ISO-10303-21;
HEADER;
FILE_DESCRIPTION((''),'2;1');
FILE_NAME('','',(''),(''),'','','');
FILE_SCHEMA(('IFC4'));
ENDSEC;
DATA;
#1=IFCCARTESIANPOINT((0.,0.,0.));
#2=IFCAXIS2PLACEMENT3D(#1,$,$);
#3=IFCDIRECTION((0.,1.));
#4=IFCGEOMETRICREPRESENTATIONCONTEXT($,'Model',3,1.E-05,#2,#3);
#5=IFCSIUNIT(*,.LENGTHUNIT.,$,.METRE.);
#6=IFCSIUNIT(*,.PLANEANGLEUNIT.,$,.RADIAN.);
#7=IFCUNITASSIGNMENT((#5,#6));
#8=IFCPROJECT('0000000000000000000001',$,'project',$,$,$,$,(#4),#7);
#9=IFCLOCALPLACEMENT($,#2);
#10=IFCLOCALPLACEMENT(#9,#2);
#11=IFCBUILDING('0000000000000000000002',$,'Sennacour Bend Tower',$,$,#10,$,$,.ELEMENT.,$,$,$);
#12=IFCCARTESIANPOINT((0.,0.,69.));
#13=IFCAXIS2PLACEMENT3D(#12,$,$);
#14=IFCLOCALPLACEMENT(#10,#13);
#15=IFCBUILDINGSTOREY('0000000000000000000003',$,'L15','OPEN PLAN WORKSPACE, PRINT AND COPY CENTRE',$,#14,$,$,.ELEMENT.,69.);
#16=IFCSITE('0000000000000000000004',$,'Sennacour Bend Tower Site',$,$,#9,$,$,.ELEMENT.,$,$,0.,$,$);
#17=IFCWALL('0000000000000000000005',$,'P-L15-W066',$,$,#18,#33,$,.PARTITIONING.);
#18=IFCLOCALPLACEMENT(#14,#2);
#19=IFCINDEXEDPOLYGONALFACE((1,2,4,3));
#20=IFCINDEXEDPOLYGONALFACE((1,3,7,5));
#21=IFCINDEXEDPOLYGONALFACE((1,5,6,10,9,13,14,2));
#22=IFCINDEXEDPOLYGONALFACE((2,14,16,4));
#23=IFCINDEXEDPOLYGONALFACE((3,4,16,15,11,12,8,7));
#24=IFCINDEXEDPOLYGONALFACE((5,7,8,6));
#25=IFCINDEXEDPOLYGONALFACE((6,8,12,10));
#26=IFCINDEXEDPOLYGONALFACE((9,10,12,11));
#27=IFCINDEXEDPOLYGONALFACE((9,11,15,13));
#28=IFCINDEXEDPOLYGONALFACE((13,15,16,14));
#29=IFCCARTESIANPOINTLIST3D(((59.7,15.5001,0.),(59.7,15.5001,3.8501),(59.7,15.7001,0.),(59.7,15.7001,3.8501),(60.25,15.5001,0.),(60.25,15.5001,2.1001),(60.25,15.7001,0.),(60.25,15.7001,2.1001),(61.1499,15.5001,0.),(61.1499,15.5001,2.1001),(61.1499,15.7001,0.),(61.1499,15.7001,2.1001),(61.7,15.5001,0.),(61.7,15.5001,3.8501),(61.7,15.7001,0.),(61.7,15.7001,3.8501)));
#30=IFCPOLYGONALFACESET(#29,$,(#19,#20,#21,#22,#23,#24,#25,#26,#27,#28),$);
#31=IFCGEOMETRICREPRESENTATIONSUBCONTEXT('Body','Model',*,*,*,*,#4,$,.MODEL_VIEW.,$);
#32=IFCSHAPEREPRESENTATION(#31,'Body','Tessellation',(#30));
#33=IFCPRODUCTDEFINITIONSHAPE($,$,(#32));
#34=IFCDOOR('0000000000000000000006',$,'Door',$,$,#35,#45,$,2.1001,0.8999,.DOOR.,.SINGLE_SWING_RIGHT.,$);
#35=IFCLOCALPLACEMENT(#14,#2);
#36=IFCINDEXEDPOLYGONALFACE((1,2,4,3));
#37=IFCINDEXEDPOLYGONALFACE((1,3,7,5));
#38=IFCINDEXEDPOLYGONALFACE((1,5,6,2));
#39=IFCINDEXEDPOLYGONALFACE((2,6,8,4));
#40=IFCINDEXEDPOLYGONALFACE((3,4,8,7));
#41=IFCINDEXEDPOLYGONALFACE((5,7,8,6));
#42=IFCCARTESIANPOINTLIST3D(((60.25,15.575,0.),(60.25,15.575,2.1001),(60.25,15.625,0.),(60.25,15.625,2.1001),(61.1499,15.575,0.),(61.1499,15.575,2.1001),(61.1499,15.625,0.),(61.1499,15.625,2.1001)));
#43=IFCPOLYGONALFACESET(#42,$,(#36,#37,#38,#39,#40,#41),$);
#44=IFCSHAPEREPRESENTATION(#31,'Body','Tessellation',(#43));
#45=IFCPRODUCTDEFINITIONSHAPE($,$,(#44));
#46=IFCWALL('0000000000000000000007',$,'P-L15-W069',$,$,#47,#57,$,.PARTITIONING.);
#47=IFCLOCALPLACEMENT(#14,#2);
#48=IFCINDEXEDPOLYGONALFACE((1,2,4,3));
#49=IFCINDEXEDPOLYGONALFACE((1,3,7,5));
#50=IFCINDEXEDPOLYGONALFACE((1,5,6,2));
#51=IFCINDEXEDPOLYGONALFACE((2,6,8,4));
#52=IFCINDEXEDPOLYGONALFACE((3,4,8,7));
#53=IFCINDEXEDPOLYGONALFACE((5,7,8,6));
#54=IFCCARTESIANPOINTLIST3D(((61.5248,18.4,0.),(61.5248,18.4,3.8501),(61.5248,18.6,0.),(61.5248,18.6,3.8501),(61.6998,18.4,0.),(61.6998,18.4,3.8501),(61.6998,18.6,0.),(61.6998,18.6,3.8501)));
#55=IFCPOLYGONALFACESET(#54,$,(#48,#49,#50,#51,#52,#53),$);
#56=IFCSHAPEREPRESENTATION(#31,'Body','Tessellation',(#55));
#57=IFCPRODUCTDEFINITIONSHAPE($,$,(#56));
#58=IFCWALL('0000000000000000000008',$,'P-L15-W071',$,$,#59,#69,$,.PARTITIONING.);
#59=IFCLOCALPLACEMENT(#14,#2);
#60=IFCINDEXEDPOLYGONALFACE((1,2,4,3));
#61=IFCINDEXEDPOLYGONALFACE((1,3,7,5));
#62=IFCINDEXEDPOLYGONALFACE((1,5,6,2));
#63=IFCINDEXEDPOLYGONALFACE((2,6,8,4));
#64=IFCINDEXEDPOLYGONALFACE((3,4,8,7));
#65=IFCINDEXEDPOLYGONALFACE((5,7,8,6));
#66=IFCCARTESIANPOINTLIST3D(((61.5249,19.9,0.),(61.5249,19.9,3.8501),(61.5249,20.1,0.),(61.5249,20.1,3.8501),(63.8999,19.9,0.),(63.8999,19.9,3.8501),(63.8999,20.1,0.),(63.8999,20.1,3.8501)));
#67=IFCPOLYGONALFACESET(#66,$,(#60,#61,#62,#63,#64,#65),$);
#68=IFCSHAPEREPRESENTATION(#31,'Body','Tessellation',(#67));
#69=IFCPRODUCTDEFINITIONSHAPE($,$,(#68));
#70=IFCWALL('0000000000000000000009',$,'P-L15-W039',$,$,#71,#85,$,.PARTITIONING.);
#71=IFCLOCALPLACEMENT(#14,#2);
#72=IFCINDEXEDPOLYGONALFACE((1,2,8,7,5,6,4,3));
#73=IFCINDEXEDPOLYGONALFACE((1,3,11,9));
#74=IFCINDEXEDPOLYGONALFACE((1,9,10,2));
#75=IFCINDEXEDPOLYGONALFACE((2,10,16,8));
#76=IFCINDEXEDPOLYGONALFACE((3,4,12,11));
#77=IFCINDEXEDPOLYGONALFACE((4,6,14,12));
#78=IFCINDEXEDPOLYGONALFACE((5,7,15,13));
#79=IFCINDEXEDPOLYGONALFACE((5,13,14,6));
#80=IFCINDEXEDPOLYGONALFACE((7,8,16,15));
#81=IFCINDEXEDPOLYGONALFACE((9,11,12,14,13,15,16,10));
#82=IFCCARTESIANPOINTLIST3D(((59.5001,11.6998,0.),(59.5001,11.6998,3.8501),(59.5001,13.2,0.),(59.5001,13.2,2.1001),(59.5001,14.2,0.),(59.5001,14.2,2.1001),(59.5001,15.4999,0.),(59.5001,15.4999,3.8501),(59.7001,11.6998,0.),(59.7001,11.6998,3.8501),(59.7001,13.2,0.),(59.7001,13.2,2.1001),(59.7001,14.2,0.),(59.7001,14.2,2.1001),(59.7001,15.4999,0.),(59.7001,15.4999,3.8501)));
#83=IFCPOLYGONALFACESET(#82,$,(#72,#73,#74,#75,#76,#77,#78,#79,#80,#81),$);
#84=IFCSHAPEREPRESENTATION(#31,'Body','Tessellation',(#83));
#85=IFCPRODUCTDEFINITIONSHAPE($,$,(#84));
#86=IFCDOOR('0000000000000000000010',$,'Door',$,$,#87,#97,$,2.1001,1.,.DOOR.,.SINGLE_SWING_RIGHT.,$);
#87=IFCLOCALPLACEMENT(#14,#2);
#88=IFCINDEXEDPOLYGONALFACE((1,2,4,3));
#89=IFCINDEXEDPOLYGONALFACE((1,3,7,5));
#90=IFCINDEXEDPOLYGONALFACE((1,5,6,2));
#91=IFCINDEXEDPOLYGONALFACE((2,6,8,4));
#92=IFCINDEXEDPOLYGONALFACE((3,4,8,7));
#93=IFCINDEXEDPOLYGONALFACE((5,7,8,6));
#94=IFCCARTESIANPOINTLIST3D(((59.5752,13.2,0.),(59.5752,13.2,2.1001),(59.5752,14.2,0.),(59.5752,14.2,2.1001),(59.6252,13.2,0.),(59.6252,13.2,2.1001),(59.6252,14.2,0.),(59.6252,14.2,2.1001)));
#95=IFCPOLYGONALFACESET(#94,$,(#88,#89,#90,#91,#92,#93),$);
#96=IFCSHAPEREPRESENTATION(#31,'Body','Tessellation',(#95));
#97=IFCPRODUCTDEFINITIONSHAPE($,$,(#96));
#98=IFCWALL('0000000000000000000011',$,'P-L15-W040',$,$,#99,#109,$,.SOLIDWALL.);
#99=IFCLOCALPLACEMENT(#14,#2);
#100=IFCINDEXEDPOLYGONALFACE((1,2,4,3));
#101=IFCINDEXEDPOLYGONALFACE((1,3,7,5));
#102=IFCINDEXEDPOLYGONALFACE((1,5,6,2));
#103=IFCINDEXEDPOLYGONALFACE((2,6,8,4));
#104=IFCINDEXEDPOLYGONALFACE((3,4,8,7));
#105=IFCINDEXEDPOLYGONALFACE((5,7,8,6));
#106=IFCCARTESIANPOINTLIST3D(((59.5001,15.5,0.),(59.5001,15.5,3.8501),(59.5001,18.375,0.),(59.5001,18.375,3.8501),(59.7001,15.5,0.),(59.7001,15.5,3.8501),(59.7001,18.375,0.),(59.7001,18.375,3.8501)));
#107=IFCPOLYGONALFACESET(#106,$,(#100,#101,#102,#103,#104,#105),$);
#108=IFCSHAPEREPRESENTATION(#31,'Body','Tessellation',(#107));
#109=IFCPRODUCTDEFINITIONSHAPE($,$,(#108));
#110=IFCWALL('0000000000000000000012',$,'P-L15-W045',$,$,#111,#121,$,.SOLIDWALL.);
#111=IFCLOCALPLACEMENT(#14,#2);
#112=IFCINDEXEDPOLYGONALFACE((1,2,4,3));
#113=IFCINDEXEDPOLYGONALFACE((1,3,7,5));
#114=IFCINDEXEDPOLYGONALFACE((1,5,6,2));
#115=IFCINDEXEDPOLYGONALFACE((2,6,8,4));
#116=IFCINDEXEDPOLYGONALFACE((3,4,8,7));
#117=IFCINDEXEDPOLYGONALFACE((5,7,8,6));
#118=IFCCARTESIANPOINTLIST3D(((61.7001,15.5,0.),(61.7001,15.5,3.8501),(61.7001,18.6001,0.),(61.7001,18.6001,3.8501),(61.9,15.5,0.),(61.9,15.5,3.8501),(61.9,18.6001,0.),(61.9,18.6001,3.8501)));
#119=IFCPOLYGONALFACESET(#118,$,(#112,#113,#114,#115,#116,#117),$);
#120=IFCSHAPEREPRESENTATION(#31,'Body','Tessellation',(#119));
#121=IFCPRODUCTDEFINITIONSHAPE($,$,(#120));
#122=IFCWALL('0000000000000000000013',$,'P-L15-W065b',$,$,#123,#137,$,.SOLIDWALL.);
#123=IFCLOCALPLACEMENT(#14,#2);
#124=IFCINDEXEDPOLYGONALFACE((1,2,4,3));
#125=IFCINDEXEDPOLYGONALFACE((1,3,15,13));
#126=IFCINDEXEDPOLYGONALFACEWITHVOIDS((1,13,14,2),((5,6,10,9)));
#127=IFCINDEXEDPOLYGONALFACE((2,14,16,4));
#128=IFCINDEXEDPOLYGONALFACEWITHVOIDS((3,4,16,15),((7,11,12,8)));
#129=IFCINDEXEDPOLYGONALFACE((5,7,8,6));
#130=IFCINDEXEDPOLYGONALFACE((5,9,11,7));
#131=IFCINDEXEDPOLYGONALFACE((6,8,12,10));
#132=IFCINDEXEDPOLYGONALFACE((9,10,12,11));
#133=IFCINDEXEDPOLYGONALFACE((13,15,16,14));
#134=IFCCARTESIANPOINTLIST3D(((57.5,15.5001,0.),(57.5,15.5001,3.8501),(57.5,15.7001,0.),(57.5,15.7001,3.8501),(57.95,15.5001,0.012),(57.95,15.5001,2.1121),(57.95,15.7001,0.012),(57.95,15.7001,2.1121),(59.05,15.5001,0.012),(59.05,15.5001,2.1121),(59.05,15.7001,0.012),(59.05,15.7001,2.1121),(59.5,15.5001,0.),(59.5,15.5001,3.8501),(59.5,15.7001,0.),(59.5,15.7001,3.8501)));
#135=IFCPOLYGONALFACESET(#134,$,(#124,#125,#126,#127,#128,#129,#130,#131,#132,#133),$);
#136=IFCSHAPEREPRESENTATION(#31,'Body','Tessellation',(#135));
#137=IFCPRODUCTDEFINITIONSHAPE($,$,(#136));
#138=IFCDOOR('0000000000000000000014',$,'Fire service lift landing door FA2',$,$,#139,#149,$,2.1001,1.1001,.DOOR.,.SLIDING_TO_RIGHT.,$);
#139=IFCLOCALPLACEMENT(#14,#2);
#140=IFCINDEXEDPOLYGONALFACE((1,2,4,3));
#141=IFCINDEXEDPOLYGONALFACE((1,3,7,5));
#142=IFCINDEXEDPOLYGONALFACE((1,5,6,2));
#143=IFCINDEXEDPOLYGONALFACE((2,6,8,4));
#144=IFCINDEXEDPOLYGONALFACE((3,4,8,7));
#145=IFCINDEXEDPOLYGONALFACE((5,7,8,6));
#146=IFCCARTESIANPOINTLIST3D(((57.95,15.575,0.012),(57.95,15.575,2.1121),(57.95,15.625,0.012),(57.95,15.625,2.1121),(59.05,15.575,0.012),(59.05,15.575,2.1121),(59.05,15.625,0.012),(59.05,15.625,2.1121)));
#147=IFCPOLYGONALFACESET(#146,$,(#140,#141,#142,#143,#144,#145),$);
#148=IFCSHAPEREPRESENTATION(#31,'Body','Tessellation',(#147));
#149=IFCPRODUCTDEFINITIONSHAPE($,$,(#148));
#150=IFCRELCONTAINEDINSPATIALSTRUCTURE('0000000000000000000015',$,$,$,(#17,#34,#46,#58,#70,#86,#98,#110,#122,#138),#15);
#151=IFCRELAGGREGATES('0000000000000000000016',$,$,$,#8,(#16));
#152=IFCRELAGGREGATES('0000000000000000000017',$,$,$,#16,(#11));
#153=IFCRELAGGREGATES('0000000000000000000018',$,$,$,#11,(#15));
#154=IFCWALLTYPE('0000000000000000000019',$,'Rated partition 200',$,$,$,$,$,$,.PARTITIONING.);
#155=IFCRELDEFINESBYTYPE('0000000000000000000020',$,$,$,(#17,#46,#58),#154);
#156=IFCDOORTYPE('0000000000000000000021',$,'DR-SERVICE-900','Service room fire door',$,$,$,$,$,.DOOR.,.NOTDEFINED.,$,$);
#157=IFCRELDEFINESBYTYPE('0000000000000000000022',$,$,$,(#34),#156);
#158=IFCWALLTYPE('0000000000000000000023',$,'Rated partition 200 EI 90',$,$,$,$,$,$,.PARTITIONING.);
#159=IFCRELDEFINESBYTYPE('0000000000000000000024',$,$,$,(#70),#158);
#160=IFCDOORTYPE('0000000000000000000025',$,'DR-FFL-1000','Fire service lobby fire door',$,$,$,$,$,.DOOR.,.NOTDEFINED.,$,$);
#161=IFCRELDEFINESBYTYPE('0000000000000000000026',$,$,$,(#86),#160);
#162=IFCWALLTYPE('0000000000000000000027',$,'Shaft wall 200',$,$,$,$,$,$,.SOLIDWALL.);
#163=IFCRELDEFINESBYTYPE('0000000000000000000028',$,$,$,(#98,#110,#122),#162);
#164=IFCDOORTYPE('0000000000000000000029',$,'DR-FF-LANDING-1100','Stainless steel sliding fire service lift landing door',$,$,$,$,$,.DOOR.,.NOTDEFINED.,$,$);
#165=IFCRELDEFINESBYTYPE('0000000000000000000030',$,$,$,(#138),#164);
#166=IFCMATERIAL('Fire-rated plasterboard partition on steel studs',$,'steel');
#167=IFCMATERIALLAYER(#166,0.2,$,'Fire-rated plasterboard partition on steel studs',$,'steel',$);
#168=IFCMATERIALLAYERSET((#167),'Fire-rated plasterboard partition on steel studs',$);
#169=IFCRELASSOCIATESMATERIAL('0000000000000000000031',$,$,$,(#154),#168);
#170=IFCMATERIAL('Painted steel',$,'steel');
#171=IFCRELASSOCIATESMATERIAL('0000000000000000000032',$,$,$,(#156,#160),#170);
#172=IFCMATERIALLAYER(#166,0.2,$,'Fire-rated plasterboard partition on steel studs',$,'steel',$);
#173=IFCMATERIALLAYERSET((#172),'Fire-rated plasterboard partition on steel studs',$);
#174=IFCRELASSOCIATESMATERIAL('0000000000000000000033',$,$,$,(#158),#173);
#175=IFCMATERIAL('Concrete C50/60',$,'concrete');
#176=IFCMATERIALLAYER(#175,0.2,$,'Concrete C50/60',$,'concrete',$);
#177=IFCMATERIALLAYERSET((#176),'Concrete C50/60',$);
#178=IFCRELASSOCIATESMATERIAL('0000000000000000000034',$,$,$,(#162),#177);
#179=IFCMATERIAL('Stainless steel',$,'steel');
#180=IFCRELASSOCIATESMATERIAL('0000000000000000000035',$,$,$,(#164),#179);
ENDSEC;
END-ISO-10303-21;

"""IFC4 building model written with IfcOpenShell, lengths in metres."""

from ifc_helpers import new_model, si_unit, direction, frame, frame_2d, origin, place, context, subcontext, project, spatial, rectangle, extrude, material, layer, layer_set, type_object, element, fill, save


model = new_model("IFC4")

# Units and contexts
model_context = context("Model", 3, precision=1e-05, world=origin(), true_north=direction((0.0, 1.0)))
body_context = subcontext(model_context, "Body", "Model", "MODEL_VIEW")
ifc_project = project(units=[si_unit("LENGTHUNIT", "METRE"), si_unit("PLANEANGLEUNIT", "RADIAN")], contexts=[model_context])

# Site, building, storey
site_placement = place(None, origin())
site = spatial("IfcSite", under=ifc_project, at=site_placement, Name="Sennacour Bend Tower Site", CompositionType="ELEMENT", RefElevation=0.0)
building_placement = place(site_placement, origin())
building = spatial("IfcBuilding", under=site, at=building_placement, Name="Sennacour Bend Tower", CompositionType="ELEMENT")
storey_placement = place(building_placement, frame((0.0, 0.0, 69.0)))
storey = spatial("IfcBuildingStorey", under=building, at=storey_placement, Name="L15", Description="OPEN PLAN WORKSPACE, PRINT AND COPY CENTRE", CompositionType="ELEMENT", Elevation=69.0)

# Shared definitions
ifc_material_1 = material(Name="Fire-rated plasterboard partition on steel studs", Category="steel")
ifc_layer_1 = layer(ifc_material_1, 0.2, Name="Fire-rated plasterboard partition on steel studs", Category="steel")
ifc_layer_set_1 = layer_set([ifc_layer_1], Name="Fire-rated plasterboard partition on steel studs")
wall_type_1 = type_object("IfcWallType", Name="Rated partition 200", PredefinedType="PARTITIONING", material=ifc_layer_set_1)
ifc_material_2 = material(Name="Painted steel", Category="steel")
door_type_1 = type_object("IfcDoorType", Name="DR-SERVICE-900", Description="Service room fire door", OperationType="NOTDEFINED", PredefinedType="DOOR", material=ifc_material_2)

# Wall, opening, door
wall_1_placement = place(storey_placement, frame((59.7, 15.6001, 0.0), z_axis=(0.0, 0.0, 1.0), x_axis=(1.0, 0.0, 0.0)))
wall_1 = element("IfcWall", 1, at=wall_1_placement, inside=storey, type_object=wall_type_1, Name="P-L15-W066", PredefinedType="PARTITIONING", context=body_context, shape_type="SweptSolid", body=[
    extrude(rectangle(XDim=2.0, YDim=0.2, at=frame_2d((1.0, 0.0))), origin(), (0.0, 0.0, 1.0), 3.8501),
])
opening_1_placement = place(wall_1_placement, frame((0.55, 0.0, 0.0)))
opening_1 = element("IfcOpeningElement", 2, at=opening_1_placement, cuts=wall_1, PredefinedType="OPENING", context=body_context, shape_type="SweptSolid", body=[
    extrude(rectangle(XDim=0.8999, YDim=2.1001, at=frame_2d((0.45, 1.05))), frame((0.0, 0.1099, 0.0), z_axis=(0.0, -1.0, 0.0), x_axis=(1.0, 0.0, 0.0)), (0.0, 0.0, 1.0), 0.22),
])
door_1_placement = place(opening_1_placement, origin())
door_1 = element("IfcDoor", 3, at=door_1_placement, inside=storey, type_object=door_type_1, Name="Door", OperationType="SINGLE_SWING_RIGHT", OverallHeight=2.1001, OverallWidth=0.8999, PredefinedType="DOOR", context=body_context, shape_type="SweptSolid", body=[
    extrude(rectangle(XDim=0.8999, YDim=2.1001, at=frame_2d((0.45, 1.05))), frame((0.0, 0.0249, 0.0), z_axis=(0.0, -1.0, 0.0), x_axis=(1.0, 0.0, 0.0)), (0.0, 0.0, 1.0), 0.05),
])
fill(opening_1, door_1)

# Walls
wall_2_placement = place(storey_placement, frame((61.5249, 18.5, 0.0), z_axis=(0.0, 0.0, 1.0), x_axis=(1.0, 0.0, 0.0)))
element("IfcWall", 4, at=wall_2_placement, inside=storey, type_object=wall_type_1, Name="P-L15-W069", PredefinedType="PARTITIONING", context=body_context, shape_type="SweptSolid", body=[
    extrude(rectangle(XDim=0.175, YDim=0.2, at=frame_2d((0.0874, 0.0))), origin(), (0.0, 0.0, 1.0), 3.8501),
])
wall_3_placement = place(storey_placement, frame((61.5249, 20.0, 0.0), z_axis=(0.0, 0.0, 1.0), x_axis=(1.0, 0.0, 0.0)))
element("IfcWall", 5, at=wall_3_placement, inside=storey, type_object=wall_type_1, Name="P-L15-W071", PredefinedType="PARTITIONING", context=body_context, shape_type="SweptSolid", body=[
    extrude(rectangle(XDim=2.375, YDim=0.2, at=frame_2d((1.1875, 0.0))), origin(), (0.0, 0.0, 1.0), 3.8501),
])

# Wall, opening, door
ifc_layer_2 = layer(ifc_material_1, 0.2, Name="Fire-rated plasterboard partition on steel studs", Category="steel")
ifc_layer_set_2 = layer_set([ifc_layer_2], Name="Fire-rated plasterboard partition on steel studs")
wall_type_2 = type_object("IfcWallType", Name="Rated partition 200 EI 90", PredefinedType="PARTITIONING", material=ifc_layer_set_2)
wall_4_placement = place(storey_placement, frame((59.6001, 11.7, 0.0), z_axis=(0.0, 0.0, 1.0), x_axis=(0.0, 1.0, 0.0)))
wall_4 = element("IfcWall", 6, at=wall_4_placement, inside=storey, type_object=wall_type_2, Name="P-L15-W039", PredefinedType="PARTITIONING", context=body_context, shape_type="SweptSolid", body=[
    extrude(rectangle(XDim=3.8, YDim=0.2, at=frame_2d((1.8999, 0.0))), origin(), (0.0, 0.0, 1.0), 3.8501),
])
opening_2_placement = place(wall_4_placement, frame((1.5, 0.0, 0.0)))
opening_2 = element("IfcOpeningElement", 7, at=opening_2_placement, cuts=wall_4, PredefinedType="OPENING", context=body_context, shape_type="SweptSolid", body=[
    extrude(rectangle(XDim=1.0, YDim=2.1001, at=frame_2d((0.5, 1.05))), frame((0.0, 0.1099, 0.0), z_axis=(0.0, -1.0, 0.0), x_axis=(1.0, 0.0, 0.0)), (0.0, 0.0, 1.0), 0.22),
])
door_type_2 = type_object("IfcDoorType", Name="DR-FFL-1000", Description="Fire service lobby fire door", OperationType="NOTDEFINED", PredefinedType="DOOR", material=ifc_material_2)
door_2_placement = place(opening_2_placement, origin())
door_2 = element("IfcDoor", 8, at=door_2_placement, inside=storey, type_object=door_type_2, Name="Door", OperationType="SINGLE_SWING_RIGHT", OverallHeight=2.1001, OverallWidth=1.0, PredefinedType="DOOR", context=body_context, shape_type="SweptSolid", body=[
    extrude(rectangle(XDim=1.0, YDim=2.1001, at=frame_2d((0.5, 1.05))), frame((0.0, 0.0249, 0.0), z_axis=(0.0, -1.0, 0.0), x_axis=(1.0, 0.0, 0.0)), (0.0, 0.0, 1.0), 0.05),
])
fill(opening_2, door_2)

# Walls
ifc_material_3 = material(Name="Concrete C50/60", Category="concrete")
ifc_layer_3 = layer(ifc_material_3, 0.2, Name="Concrete C50/60", Category="concrete")
ifc_layer_set_3 = layer_set([ifc_layer_3], Name="Concrete C50/60")
wall_type_3 = type_object("IfcWallType", Name="Shaft wall 200", PredefinedType="SOLIDWALL", material=ifc_layer_set_3)
wall_5_placement = place(storey_placement, frame((59.6001, 15.5, 0.0), z_axis=(0.0, 0.0, 1.0), x_axis=(0.0, 1.0, 0.0)))
element("IfcWall", 9, at=wall_5_placement, inside=storey, type_object=wall_type_3, Name="P-L15-W040", PredefinedType="SOLIDWALL", context=body_context, shape_type="SweptSolid", body=[
    extrude(rectangle(XDim=2.875, YDim=0.2, at=frame_2d((1.4375, 0.0))), origin(), (0.0, 0.0, 1.0), 3.8501),
])
wall_6_placement = place(storey_placement, frame((61.8, 15.5, 0.0), z_axis=(0.0, 0.0, 1.0), x_axis=(0.0, 1.0, 0.0)))
element("IfcWall", 10, at=wall_6_placement, inside=storey, type_object=wall_type_3, Name="P-L15-W045", PredefinedType="SOLIDWALL", context=body_context, shape_type="SweptSolid", body=[
    extrude(rectangle(XDim=3.1001, YDim=0.2, at=frame_2d((1.55, 0.0))), origin(), (0.0, 0.0, 1.0), 3.8501),
])

# Wall, opening, door
wall_7_placement = place(storey_placement, frame((57.5, 15.6001, 0.0), z_axis=(0.0, 0.0, 1.0), x_axis=(1.0, 0.0, 0.0)))
wall_7 = element("IfcWall", 11, at=wall_7_placement, inside=storey, type_object=wall_type_3, Name="P-L15-W065b", PredefinedType="SOLIDWALL", context=body_context, shape_type="SweptSolid", body=[
    extrude(rectangle(XDim=2.0, YDim=0.2, at=frame_2d((1.0, 0.0))), origin(), (0.0, 0.0, 1.0), 3.8501),
])
opening_3_placement = place(wall_7_placement, frame((0.45, 0.0, 0.012)))
opening_3 = element("IfcOpeningElement", 12, at=opening_3_placement, cuts=wall_7, PredefinedType="OPENING", context=body_context, shape_type="SweptSolid", body=[
    extrude(rectangle(XDim=1.1001, YDim=2.1001, at=frame_2d((0.55, 1.05))), frame((0.0, 0.1099, 0.0), z_axis=(0.0, -1.0, 0.0), x_axis=(1.0, 0.0, 0.0)), (0.0, 0.0, 1.0), 0.22),
])
ifc_material_4 = material(Name="Stainless steel", Category="steel")
door_type_3 = type_object("IfcDoorType", Name="DR-FF-LANDING-1100", Description="Stainless steel sliding fire service lift landing door", OperationType="NOTDEFINED", PredefinedType="DOOR", material=ifc_material_4)
door_3_placement = place(opening_3_placement, origin())
door_3 = element("IfcDoor", 13, at=door_3_placement, inside=storey, type_object=door_type_3, Name="Fire service lift landing door FA2", OperationType="SLIDING_TO_RIGHT", OverallHeight=2.1001, OverallWidth=1.1001, PredefinedType="DOOR", context=body_context, shape_type="SweptSolid", body=[
    extrude(rectangle(XDim=1.1001, YDim=2.1001, at=frame_2d((0.55, 1.05))), frame((0.0, 0.0249, 0.0), z_axis=(0.0, -1.0, 0.0), x_axis=(1.0, 0.0, 0.0)), (0.0, 0.0, 1.0), 0.05),
])
fill(opening_3, door_3)

save(model, "model.ifc")
